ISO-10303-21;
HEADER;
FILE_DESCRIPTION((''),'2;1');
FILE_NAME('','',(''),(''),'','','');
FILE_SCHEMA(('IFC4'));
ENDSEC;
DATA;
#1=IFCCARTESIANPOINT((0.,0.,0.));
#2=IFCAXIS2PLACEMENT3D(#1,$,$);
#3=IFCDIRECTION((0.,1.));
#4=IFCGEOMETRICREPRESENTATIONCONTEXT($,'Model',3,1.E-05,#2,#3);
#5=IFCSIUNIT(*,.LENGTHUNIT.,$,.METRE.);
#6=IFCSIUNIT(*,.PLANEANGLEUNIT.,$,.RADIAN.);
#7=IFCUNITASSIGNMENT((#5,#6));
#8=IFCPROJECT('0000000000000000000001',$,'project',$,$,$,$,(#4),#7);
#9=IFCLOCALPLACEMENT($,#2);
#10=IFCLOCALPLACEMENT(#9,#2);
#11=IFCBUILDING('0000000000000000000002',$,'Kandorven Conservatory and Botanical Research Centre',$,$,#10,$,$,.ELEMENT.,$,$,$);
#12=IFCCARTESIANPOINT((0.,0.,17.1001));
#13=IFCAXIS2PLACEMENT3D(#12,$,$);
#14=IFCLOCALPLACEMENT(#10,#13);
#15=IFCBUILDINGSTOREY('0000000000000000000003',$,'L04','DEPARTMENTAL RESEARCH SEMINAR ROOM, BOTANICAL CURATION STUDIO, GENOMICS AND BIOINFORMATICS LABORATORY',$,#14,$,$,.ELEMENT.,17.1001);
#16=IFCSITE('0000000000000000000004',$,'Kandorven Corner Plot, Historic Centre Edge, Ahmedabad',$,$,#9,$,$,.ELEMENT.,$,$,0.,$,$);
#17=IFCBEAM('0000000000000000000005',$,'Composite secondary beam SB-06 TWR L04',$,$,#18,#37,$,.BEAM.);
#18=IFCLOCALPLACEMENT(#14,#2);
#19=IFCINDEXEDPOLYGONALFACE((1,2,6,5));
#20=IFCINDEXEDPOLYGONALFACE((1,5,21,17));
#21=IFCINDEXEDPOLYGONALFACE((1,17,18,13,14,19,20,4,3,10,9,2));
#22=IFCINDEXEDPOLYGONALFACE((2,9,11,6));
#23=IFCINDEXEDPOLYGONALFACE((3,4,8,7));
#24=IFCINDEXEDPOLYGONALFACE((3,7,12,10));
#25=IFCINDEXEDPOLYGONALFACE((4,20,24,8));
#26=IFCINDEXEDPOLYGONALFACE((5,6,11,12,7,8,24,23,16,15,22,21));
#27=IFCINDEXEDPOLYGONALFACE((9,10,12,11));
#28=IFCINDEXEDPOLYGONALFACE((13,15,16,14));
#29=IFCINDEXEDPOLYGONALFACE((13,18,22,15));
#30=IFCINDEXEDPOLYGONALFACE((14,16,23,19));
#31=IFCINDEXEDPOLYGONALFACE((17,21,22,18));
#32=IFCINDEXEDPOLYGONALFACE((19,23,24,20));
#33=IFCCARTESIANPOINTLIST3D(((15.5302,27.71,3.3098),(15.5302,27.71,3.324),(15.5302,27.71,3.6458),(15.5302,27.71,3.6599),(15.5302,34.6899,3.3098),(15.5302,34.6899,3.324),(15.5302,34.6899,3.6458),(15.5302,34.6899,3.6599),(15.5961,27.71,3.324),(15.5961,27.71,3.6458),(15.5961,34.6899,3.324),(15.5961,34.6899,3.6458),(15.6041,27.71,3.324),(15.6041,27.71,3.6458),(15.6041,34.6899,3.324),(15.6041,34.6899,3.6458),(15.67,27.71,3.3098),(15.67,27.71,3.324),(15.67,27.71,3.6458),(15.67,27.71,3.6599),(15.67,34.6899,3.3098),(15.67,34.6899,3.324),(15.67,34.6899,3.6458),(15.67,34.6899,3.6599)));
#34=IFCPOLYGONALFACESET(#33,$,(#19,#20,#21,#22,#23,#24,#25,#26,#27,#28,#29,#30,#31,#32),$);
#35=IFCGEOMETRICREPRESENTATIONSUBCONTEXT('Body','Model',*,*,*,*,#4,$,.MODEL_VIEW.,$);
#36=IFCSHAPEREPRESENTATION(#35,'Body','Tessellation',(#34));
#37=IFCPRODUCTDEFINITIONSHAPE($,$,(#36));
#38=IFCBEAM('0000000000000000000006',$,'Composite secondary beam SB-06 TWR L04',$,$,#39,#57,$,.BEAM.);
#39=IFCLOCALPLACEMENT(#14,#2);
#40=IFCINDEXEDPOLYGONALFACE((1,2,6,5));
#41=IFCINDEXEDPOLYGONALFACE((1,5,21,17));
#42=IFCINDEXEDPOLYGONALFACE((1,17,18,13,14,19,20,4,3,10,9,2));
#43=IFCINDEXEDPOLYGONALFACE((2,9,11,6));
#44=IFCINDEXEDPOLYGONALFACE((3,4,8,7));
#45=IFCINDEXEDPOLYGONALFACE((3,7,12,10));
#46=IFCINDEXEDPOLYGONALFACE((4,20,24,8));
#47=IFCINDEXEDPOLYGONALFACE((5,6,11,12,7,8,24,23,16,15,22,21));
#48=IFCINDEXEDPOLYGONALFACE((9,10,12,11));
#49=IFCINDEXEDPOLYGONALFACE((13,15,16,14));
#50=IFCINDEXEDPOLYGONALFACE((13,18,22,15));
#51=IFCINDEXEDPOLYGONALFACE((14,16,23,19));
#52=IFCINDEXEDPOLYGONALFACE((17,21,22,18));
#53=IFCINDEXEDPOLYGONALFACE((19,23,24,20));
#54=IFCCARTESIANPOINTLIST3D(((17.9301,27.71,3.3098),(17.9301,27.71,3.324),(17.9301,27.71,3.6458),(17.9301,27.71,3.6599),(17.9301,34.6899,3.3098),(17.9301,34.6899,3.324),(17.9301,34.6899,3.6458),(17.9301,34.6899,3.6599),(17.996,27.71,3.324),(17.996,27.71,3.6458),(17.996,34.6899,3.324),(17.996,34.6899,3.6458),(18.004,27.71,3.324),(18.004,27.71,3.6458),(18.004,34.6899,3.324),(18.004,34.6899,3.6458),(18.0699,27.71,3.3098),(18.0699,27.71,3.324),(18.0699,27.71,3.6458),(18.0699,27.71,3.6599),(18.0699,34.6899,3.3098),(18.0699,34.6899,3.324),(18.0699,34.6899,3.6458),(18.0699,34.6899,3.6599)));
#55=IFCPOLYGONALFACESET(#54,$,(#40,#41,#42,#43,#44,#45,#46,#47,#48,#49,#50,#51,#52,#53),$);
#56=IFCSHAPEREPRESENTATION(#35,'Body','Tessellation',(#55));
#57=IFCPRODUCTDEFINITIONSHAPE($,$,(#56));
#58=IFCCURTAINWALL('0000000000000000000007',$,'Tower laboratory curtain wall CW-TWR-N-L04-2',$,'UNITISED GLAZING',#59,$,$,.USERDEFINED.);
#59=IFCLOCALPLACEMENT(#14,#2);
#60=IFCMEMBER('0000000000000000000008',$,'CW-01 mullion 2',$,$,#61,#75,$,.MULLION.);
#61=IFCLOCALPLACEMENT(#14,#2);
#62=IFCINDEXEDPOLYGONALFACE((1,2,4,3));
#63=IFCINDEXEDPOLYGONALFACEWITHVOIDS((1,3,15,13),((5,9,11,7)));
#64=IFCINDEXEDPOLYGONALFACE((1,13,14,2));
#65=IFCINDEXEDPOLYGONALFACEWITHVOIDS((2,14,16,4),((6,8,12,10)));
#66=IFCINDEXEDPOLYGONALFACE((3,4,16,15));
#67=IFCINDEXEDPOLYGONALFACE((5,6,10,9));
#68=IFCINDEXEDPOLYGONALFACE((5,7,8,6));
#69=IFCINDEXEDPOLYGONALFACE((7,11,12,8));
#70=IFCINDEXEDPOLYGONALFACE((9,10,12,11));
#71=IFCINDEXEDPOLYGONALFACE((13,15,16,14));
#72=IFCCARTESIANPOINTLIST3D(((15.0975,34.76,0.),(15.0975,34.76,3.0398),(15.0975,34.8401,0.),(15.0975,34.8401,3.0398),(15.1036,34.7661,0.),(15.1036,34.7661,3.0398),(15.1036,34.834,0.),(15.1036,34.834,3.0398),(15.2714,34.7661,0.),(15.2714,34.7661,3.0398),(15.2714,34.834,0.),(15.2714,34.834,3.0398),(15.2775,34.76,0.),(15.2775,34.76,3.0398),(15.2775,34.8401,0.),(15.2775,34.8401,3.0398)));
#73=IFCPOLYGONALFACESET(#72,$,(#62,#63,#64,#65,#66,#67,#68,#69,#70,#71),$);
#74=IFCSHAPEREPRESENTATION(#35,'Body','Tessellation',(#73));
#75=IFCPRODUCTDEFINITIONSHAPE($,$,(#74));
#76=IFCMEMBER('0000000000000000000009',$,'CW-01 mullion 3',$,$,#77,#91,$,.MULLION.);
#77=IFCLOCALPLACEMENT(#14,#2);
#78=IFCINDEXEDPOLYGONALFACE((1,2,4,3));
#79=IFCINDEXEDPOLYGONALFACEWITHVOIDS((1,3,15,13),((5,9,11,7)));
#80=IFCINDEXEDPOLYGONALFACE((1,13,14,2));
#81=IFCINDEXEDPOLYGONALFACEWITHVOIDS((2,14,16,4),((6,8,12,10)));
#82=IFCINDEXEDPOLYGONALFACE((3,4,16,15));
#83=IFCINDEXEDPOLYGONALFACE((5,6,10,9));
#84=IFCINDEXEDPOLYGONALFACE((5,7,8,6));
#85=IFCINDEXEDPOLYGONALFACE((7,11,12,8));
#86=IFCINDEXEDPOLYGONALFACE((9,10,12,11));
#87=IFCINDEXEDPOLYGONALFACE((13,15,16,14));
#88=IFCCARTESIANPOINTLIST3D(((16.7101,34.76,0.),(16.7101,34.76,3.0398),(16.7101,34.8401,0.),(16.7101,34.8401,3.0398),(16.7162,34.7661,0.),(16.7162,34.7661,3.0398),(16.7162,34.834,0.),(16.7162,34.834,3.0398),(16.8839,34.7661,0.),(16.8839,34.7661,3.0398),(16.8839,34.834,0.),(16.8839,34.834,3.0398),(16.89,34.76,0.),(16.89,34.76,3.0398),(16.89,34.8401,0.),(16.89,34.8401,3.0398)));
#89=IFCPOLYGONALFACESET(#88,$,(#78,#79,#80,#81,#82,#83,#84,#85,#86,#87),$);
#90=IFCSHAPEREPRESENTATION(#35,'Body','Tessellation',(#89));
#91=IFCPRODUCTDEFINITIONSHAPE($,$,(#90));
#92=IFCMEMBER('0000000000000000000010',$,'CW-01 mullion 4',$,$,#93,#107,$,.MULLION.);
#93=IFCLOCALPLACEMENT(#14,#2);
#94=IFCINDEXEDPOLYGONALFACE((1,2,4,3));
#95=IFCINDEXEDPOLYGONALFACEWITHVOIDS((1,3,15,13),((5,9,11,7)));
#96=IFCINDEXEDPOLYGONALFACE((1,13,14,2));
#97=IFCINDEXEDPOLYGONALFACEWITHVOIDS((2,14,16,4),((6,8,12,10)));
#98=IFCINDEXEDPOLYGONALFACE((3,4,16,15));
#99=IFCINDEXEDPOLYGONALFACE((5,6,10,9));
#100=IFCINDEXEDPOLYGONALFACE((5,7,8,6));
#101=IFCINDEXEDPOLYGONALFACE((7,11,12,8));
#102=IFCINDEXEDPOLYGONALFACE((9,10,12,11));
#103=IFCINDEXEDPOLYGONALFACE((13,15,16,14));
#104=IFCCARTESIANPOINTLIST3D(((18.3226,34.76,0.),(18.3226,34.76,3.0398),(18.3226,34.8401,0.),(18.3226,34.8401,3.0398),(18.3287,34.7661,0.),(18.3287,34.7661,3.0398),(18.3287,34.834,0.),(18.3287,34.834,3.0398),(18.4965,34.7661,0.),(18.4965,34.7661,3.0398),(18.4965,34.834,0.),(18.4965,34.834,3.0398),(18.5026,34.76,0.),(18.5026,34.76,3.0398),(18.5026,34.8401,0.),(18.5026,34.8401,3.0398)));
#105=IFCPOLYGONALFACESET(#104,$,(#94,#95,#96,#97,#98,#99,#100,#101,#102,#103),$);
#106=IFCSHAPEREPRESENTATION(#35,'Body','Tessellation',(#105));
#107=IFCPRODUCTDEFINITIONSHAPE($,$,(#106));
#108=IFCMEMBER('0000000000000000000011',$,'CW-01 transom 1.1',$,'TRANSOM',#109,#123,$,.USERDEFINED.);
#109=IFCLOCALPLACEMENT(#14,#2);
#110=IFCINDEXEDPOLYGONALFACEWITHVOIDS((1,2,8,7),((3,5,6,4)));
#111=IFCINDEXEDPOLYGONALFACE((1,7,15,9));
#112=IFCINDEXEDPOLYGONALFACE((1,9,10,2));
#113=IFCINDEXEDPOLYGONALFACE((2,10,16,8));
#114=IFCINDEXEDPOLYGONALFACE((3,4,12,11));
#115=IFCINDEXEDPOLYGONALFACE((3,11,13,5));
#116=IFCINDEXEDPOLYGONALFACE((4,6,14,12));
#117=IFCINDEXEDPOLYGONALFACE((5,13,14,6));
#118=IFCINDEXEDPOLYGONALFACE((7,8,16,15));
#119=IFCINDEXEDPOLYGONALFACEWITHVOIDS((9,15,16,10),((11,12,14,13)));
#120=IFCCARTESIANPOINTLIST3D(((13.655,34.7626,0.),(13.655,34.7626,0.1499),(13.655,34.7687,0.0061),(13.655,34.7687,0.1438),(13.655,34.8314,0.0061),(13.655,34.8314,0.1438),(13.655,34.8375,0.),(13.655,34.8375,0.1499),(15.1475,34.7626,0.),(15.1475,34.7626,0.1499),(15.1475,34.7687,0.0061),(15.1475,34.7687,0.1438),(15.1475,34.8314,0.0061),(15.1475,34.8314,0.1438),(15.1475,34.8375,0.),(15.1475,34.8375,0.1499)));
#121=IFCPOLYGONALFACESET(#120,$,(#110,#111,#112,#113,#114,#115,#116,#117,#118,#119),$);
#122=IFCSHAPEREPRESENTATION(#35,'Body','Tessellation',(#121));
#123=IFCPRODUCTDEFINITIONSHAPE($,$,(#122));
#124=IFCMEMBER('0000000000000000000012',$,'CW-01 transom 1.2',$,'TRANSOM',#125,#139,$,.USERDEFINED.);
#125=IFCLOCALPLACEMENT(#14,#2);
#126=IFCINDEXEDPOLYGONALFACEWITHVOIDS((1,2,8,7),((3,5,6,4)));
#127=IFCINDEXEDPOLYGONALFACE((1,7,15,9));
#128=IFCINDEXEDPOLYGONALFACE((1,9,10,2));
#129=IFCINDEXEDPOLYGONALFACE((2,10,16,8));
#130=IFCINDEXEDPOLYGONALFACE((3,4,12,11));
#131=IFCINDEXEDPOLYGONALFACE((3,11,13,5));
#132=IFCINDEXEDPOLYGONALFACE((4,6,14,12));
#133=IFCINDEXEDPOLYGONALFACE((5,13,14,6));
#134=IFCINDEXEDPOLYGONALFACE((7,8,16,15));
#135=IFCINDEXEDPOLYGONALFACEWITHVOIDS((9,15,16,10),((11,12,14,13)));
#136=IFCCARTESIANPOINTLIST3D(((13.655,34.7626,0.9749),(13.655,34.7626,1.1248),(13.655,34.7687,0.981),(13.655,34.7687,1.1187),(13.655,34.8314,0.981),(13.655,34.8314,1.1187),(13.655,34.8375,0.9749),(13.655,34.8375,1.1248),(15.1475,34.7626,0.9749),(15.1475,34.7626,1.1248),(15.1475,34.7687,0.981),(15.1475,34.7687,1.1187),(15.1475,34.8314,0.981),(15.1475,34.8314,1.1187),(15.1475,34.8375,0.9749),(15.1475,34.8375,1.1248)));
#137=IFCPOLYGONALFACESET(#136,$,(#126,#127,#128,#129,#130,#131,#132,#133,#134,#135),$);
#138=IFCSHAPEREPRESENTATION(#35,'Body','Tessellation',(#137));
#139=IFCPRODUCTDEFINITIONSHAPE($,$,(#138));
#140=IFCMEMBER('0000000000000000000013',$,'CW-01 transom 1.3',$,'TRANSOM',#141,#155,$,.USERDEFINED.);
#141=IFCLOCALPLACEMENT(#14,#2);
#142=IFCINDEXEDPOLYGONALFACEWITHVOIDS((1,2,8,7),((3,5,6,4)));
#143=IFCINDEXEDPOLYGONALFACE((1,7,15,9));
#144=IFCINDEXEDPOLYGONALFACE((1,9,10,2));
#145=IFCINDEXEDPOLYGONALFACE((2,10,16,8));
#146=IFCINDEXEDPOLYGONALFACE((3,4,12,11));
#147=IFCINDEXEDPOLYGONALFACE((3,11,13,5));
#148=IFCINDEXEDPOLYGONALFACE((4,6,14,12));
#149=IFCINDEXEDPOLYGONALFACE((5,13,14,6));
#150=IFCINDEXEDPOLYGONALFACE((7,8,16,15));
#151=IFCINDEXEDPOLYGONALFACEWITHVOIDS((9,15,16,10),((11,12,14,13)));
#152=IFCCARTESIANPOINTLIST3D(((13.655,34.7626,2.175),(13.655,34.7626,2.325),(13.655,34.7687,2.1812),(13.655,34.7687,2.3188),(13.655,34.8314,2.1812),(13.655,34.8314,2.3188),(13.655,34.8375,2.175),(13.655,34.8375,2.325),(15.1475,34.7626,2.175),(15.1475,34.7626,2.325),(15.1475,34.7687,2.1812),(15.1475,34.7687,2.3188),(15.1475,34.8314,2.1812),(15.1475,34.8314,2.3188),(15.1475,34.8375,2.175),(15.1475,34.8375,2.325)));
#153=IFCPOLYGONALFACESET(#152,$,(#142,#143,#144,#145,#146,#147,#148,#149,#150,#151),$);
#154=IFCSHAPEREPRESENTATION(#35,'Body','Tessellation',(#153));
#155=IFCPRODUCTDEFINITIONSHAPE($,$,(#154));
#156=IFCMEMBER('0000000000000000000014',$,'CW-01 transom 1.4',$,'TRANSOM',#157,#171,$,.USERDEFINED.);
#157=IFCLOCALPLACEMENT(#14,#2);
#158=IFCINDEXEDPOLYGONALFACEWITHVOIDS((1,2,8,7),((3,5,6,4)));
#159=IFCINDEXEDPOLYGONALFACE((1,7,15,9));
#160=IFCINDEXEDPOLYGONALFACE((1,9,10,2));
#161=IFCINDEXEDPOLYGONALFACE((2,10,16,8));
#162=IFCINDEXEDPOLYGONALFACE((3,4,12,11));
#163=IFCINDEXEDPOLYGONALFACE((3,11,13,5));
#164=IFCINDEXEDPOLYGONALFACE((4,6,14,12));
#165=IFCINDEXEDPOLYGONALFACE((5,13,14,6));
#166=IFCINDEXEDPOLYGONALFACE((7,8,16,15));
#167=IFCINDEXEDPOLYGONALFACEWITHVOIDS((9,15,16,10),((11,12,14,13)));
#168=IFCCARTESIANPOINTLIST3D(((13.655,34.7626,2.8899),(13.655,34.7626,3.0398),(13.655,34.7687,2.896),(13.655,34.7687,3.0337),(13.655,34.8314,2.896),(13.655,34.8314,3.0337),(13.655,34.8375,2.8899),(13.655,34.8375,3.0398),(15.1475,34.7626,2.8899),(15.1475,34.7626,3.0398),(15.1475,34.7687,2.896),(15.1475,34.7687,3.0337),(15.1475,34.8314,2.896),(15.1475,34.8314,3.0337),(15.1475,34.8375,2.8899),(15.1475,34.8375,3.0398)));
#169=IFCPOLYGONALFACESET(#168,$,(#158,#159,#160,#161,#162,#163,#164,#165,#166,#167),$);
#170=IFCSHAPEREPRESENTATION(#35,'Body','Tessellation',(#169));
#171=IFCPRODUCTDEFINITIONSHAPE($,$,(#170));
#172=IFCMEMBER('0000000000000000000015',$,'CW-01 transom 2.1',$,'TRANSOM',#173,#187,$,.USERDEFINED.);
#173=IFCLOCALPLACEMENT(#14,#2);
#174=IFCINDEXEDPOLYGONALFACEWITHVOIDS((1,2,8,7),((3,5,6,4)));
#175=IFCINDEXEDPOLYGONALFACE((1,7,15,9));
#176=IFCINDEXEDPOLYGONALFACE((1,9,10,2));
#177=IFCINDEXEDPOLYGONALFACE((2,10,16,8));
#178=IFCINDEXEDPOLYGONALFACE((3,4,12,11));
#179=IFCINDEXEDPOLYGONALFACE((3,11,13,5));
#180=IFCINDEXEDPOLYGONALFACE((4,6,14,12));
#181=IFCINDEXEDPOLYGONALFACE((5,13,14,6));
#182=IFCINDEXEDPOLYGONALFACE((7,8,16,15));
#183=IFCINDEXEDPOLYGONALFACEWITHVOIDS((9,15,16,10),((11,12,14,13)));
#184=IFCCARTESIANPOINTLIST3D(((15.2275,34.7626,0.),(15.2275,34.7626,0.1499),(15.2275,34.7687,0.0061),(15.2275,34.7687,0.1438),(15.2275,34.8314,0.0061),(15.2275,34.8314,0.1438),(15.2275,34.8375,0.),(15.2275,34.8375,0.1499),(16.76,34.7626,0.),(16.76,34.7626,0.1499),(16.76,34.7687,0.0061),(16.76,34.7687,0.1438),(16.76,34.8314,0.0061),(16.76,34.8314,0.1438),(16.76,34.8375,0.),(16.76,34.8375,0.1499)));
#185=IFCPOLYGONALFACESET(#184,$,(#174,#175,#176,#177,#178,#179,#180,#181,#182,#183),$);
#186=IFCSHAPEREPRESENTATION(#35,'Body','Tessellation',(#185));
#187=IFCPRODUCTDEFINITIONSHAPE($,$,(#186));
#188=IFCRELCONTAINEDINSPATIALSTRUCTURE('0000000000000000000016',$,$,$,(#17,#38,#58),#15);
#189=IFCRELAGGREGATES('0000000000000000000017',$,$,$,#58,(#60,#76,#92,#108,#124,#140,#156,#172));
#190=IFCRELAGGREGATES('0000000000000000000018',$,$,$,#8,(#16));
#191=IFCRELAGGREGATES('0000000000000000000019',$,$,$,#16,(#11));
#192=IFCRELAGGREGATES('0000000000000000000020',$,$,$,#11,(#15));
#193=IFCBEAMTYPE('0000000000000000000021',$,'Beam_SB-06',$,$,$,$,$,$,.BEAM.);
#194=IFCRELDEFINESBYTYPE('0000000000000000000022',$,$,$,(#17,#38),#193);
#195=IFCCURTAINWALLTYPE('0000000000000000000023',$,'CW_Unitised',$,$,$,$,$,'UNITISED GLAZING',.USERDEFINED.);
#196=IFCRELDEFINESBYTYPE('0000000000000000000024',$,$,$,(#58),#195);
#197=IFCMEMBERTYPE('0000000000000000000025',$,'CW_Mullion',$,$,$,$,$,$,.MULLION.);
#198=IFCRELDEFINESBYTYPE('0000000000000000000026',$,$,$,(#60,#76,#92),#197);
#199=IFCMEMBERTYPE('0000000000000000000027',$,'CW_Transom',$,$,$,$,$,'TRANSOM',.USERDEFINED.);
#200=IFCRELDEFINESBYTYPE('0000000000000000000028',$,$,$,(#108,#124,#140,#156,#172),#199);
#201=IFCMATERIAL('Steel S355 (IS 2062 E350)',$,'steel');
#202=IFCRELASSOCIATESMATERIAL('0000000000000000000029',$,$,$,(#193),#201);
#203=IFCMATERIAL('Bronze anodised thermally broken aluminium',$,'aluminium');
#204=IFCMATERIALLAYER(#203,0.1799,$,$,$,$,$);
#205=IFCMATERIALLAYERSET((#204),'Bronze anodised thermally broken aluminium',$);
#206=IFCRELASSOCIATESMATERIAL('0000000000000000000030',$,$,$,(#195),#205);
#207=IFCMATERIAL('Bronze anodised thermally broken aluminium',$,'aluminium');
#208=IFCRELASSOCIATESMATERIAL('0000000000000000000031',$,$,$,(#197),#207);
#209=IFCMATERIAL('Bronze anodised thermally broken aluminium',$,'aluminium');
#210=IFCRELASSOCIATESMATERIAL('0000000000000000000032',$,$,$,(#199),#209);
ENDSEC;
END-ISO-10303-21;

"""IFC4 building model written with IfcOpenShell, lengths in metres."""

from ifc_helpers import new_model, si_unit, direction, frame, origin, origin_2d, place, context, subcontext, project, spatial, hollow_rectangle, i_section, extrude, material, layer, layer_set, material_profile, profile_set, type_object, element, aggregate, save


model = new_model("IFC4")

# Units and contexts
model_context = context("Model", 3, precision=1e-05, world=origin(), true_north=direction((0.0, 1.0)))
body_context = subcontext(model_context, "Body", "Model", "MODEL_VIEW")
ifc_project = project(units=[si_unit("LENGTHUNIT", "METRE"), si_unit("PLANEANGLEUNIT", "RADIAN")], contexts=[model_context])

# Site, building, storey
site_placement = place(None, origin())
site = spatial("IfcSite", under=ifc_project, at=site_placement, Name="Kandorven Corner Plot, Historic Centre Edge, Ahmedabad", CompositionType="ELEMENT", RefElevation=0.0)
building_placement = place(site_placement, origin())
building = spatial("IfcBuilding", under=site, at=building_placement, Name="Kandorven Conservatory and Botanical Research Centre", CompositionType="ELEMENT")
storey_placement = place(building_placement, frame((0.0, 0.0, 17.1001)))
storey = spatial("IfcBuildingStorey", under=building, at=storey_placement, Name="L04", Description="DEPARTMENTAL RESEARCH SEMINAR ROOM, BOTANICAL CURATION STUDIO, GENOMICS AND BIOINFORMATICS LABORATORY", CompositionType="ELEMENT", Elevation=17.1001)

# Beams
ifc_material_1 = material(Name="Steel S355 (IS 2062 E350)", Category="steel")
ifc_material_profile_1 = material_profile(ifc_material_1, i_section(OverallWidth=0.1399, OverallDepth=0.3501, WebThickness=0.0081, FlangeThickness=0.0142, at=origin_2d()))
ifc_profile_set_1 = profile_set([ifc_material_profile_1], Name="Steel S355 (IS 2062 E350)")
beam_type = type_object("IfcBeamType", Name="Beam_SB-06", PredefinedType="BEAM", material=ifc_profile_set_1)
for number, where, z_axis, x_axis, name in (
    (1, (15.6001, 27.71, 3.4849), (0.0, 1.0, 0.0), (-1.0, 0.0, 0.0), "Composite secondary beam SB-06 TWR L04"),
    (2, (18.0, 27.71, 3.4849), (0.0, 1.0, 0.0), (-1.0, 0.0, 0.0), "Composite secondary beam SB-06 TWR L04"),
):
    element("IfcBeam", number, at=place(storey_placement, frame(where, z_axis=z_axis, x_axis=x_axis)), inside=storey, type_object=beam_type, Name=name, PredefinedType="BEAM", context=body_context, shape_type="SweptSolid", body=[
        extrude(i_section(OverallWidth=0.1399, OverallDepth=0.3501, WebThickness=0.0081, FlangeThickness=0.0142, at=origin_2d()), origin(), (0.0, 0.0, 1.0), 6.98),
    ])

# Curtain wall, members
ifc_material_2 = material(Name="Bronze anodised thermally broken aluminium", Category="aluminium")
ifc_layer_1 = layer(ifc_material_2, 0.1799)
ifc_layer_set_1 = layer_set([ifc_layer_1], Name="Bronze anodised thermally broken aluminium")
curtain_wall_type = type_object("IfcCurtainWallType", Name="CW_Unitised", ElementType="UNITISED GLAZING", PredefinedType="USERDEFINED", material=ifc_layer_set_1)
curtain_wall_placement = place(storey_placement, origin())
curtain_wall = element("IfcCurtainWall", 3, at=curtain_wall_placement, inside=storey, type_object=curtain_wall_type, Name="Tower laboratory curtain wall CW-TWR-N-L04-2", ObjectType="UNITISED GLAZING", PredefinedType="USERDEFINED")
ifc_material_3 = material(Name="Bronze anodised thermally broken aluminium", Category="aluminium")
ifc_material_profile_2 = material_profile(ifc_material_3, hollow_rectangle(XDim=0.0801, YDim=0.1799, WallThickness=0.0061, at=origin_2d()))
ifc_profile_set_2 = profile_set([ifc_material_profile_2], Name="Bronze anodised thermally broken aluminium")
member_type_1 = type_object("IfcMemberType", Name="CW_Mullion", PredefinedType="MULLION", material=ifc_profile_set_2)
member_1_placement = place(storey_placement, frame((15.1875, 34.8, 0.0), z_axis=(0.0, 0.0, 1.0), x_axis=(0.0, 1.0, 0.0)))
member_1 = element("IfcMember", 4, at=member_1_placement, type_object=member_type_1, Name="CW-01 mullion 2", PredefinedType="MULLION", context=body_context, shape_type="SweptSolid", body=[
    extrude(hollow_rectangle(XDim=0.0801, YDim=0.1799, WallThickness=0.0061, at=origin_2d()), origin(), (0.0, 0.0, 1.0), 3.0398),
])
member_2_placement = place(storey_placement, frame((16.8, 34.8, 0.0), z_axis=(0.0, 0.0, 1.0), x_axis=(0.0, 1.0, 0.0)))
member_2 = element("IfcMember", 5, at=member_2_placement, type_object=member_type_1, Name="CW-01 mullion 3", PredefinedType="MULLION", context=body_context, shape_type="SweptSolid", body=[
    extrude(hollow_rectangle(XDim=0.0801, YDim=0.1799, WallThickness=0.0061, at=origin_2d()), origin(), (0.0, 0.0, 1.0), 3.0398),
])
member_3_placement = place(storey_placement, frame((18.4126, 34.8, 0.0), z_axis=(0.0, 0.0, 1.0), x_axis=(0.0, 1.0, 0.0)))
member_3 = element("IfcMember", 6, at=member_3_placement, type_object=member_type_1, Name="CW-01 mullion 4", PredefinedType="MULLION", context=body_context, shape_type="SweptSolid", body=[
    extrude(hollow_rectangle(XDim=0.0801, YDim=0.1799, WallThickness=0.0061, at=origin_2d()), origin(), (0.0, 0.0, 1.0), 3.0398),
])
ifc_material_4 = material(Name="Bronze anodised thermally broken aluminium", Category="aluminium")
ifc_material_profile_3 = material_profile(ifc_material_4, hollow_rectangle(XDim=0.075, YDim=0.1499, WallThickness=0.0061, at=origin_2d()))
ifc_profile_set_3 = profile_set([ifc_material_profile_3], Name="Bronze anodised thermally broken aluminium")
member_type_2 = type_object("IfcMemberType", Name="CW_Transom", ElementType="TRANSOM", PredefinedType="USERDEFINED", material=ifc_profile_set_3)
member_4_placement = place(storey_placement, frame((13.655, 34.8, 0.075), z_axis=(1.0, 0.0, 0.0), x_axis=(0.0, 1.0, 0.0)))
member_4 = element("IfcMember", 7, at=member_4_placement, type_object=member_type_2, Name="CW-01 transom 1.1", ObjectType="TRANSOM", PredefinedType="USERDEFINED", context=body_context, shape_type="SweptSolid", body=[
    extrude(hollow_rectangle(XDim=0.075, YDim=0.1499, WallThickness=0.0061, at=origin_2d()), origin(), (0.0, 0.0, 1.0), 1.4924),
])
member_5_placement = place(storey_placement, frame((13.655, 34.8, 1.0498), z_axis=(1.0, 0.0, 0.0), x_axis=(0.0, 1.0, 0.0)))
member_5 = element("IfcMember", 8, at=member_5_placement, type_object=member_type_2, Name="CW-01 transom 1.2", ObjectType="TRANSOM", PredefinedType="USERDEFINED", context=body_context, shape_type="SweptSolid", body=[
    extrude(hollow_rectangle(XDim=0.075, YDim=0.1499, WallThickness=0.0061, at=origin_2d()), origin(), (0.0, 0.0, 1.0), 1.4924),
])
member_6_placement = place(storey_placement, frame((13.655, 34.8, 2.25), z_axis=(1.0, 0.0, 0.0), x_axis=(0.0, 1.0, 0.0)))
member_6 = element("IfcMember", 9, at=member_6_placement, type_object=member_type_2, Name="CW-01 transom 1.3", ObjectType="TRANSOM", PredefinedType="USERDEFINED", context=body_context, shape_type="SweptSolid", body=[
    extrude(hollow_rectangle(XDim=0.075, YDim=0.1499, WallThickness=0.0061, at=origin_2d()), origin(), (0.0, 0.0, 1.0), 1.4924),
])
member_7_placement = place(storey_placement, frame((13.655, 34.8, 2.9648), z_axis=(1.0, 0.0, 0.0), x_axis=(0.0, 1.0, 0.0)))
member_7 = element("IfcMember", 10, at=member_7_placement, type_object=member_type_2, Name="CW-01 transom 1.4", ObjectType="TRANSOM", PredefinedType="USERDEFINED", context=body_context, shape_type="SweptSolid", body=[
    extrude(hollow_rectangle(XDim=0.075, YDim=0.1499, WallThickness=0.0061, at=origin_2d()), origin(), (0.0, 0.0, 1.0), 1.4924),
])
member_8_placement = place(storey_placement, frame((15.2275, 34.8, 0.075), z_axis=(1.0, 0.0, 0.0), x_axis=(0.0, 1.0, 0.0)))
member_8 = element("IfcMember", 11, at=member_8_placement, type_object=member_type_2, Name="CW-01 transom 2.1", ObjectType="TRANSOM", PredefinedType="USERDEFINED", context=body_context, shape_type="SweptSolid", body=[
    extrude(hollow_rectangle(XDim=0.075, YDim=0.1499, WallThickness=0.0061, at=origin_2d()), origin(), (0.0, 0.0, 1.0), 1.5325),
])
aggregate(curtain_wall, [member_1, member_2, member_3, member_4, member_5, member_6, member_7, member_8])

save(model, "model.ifc")
